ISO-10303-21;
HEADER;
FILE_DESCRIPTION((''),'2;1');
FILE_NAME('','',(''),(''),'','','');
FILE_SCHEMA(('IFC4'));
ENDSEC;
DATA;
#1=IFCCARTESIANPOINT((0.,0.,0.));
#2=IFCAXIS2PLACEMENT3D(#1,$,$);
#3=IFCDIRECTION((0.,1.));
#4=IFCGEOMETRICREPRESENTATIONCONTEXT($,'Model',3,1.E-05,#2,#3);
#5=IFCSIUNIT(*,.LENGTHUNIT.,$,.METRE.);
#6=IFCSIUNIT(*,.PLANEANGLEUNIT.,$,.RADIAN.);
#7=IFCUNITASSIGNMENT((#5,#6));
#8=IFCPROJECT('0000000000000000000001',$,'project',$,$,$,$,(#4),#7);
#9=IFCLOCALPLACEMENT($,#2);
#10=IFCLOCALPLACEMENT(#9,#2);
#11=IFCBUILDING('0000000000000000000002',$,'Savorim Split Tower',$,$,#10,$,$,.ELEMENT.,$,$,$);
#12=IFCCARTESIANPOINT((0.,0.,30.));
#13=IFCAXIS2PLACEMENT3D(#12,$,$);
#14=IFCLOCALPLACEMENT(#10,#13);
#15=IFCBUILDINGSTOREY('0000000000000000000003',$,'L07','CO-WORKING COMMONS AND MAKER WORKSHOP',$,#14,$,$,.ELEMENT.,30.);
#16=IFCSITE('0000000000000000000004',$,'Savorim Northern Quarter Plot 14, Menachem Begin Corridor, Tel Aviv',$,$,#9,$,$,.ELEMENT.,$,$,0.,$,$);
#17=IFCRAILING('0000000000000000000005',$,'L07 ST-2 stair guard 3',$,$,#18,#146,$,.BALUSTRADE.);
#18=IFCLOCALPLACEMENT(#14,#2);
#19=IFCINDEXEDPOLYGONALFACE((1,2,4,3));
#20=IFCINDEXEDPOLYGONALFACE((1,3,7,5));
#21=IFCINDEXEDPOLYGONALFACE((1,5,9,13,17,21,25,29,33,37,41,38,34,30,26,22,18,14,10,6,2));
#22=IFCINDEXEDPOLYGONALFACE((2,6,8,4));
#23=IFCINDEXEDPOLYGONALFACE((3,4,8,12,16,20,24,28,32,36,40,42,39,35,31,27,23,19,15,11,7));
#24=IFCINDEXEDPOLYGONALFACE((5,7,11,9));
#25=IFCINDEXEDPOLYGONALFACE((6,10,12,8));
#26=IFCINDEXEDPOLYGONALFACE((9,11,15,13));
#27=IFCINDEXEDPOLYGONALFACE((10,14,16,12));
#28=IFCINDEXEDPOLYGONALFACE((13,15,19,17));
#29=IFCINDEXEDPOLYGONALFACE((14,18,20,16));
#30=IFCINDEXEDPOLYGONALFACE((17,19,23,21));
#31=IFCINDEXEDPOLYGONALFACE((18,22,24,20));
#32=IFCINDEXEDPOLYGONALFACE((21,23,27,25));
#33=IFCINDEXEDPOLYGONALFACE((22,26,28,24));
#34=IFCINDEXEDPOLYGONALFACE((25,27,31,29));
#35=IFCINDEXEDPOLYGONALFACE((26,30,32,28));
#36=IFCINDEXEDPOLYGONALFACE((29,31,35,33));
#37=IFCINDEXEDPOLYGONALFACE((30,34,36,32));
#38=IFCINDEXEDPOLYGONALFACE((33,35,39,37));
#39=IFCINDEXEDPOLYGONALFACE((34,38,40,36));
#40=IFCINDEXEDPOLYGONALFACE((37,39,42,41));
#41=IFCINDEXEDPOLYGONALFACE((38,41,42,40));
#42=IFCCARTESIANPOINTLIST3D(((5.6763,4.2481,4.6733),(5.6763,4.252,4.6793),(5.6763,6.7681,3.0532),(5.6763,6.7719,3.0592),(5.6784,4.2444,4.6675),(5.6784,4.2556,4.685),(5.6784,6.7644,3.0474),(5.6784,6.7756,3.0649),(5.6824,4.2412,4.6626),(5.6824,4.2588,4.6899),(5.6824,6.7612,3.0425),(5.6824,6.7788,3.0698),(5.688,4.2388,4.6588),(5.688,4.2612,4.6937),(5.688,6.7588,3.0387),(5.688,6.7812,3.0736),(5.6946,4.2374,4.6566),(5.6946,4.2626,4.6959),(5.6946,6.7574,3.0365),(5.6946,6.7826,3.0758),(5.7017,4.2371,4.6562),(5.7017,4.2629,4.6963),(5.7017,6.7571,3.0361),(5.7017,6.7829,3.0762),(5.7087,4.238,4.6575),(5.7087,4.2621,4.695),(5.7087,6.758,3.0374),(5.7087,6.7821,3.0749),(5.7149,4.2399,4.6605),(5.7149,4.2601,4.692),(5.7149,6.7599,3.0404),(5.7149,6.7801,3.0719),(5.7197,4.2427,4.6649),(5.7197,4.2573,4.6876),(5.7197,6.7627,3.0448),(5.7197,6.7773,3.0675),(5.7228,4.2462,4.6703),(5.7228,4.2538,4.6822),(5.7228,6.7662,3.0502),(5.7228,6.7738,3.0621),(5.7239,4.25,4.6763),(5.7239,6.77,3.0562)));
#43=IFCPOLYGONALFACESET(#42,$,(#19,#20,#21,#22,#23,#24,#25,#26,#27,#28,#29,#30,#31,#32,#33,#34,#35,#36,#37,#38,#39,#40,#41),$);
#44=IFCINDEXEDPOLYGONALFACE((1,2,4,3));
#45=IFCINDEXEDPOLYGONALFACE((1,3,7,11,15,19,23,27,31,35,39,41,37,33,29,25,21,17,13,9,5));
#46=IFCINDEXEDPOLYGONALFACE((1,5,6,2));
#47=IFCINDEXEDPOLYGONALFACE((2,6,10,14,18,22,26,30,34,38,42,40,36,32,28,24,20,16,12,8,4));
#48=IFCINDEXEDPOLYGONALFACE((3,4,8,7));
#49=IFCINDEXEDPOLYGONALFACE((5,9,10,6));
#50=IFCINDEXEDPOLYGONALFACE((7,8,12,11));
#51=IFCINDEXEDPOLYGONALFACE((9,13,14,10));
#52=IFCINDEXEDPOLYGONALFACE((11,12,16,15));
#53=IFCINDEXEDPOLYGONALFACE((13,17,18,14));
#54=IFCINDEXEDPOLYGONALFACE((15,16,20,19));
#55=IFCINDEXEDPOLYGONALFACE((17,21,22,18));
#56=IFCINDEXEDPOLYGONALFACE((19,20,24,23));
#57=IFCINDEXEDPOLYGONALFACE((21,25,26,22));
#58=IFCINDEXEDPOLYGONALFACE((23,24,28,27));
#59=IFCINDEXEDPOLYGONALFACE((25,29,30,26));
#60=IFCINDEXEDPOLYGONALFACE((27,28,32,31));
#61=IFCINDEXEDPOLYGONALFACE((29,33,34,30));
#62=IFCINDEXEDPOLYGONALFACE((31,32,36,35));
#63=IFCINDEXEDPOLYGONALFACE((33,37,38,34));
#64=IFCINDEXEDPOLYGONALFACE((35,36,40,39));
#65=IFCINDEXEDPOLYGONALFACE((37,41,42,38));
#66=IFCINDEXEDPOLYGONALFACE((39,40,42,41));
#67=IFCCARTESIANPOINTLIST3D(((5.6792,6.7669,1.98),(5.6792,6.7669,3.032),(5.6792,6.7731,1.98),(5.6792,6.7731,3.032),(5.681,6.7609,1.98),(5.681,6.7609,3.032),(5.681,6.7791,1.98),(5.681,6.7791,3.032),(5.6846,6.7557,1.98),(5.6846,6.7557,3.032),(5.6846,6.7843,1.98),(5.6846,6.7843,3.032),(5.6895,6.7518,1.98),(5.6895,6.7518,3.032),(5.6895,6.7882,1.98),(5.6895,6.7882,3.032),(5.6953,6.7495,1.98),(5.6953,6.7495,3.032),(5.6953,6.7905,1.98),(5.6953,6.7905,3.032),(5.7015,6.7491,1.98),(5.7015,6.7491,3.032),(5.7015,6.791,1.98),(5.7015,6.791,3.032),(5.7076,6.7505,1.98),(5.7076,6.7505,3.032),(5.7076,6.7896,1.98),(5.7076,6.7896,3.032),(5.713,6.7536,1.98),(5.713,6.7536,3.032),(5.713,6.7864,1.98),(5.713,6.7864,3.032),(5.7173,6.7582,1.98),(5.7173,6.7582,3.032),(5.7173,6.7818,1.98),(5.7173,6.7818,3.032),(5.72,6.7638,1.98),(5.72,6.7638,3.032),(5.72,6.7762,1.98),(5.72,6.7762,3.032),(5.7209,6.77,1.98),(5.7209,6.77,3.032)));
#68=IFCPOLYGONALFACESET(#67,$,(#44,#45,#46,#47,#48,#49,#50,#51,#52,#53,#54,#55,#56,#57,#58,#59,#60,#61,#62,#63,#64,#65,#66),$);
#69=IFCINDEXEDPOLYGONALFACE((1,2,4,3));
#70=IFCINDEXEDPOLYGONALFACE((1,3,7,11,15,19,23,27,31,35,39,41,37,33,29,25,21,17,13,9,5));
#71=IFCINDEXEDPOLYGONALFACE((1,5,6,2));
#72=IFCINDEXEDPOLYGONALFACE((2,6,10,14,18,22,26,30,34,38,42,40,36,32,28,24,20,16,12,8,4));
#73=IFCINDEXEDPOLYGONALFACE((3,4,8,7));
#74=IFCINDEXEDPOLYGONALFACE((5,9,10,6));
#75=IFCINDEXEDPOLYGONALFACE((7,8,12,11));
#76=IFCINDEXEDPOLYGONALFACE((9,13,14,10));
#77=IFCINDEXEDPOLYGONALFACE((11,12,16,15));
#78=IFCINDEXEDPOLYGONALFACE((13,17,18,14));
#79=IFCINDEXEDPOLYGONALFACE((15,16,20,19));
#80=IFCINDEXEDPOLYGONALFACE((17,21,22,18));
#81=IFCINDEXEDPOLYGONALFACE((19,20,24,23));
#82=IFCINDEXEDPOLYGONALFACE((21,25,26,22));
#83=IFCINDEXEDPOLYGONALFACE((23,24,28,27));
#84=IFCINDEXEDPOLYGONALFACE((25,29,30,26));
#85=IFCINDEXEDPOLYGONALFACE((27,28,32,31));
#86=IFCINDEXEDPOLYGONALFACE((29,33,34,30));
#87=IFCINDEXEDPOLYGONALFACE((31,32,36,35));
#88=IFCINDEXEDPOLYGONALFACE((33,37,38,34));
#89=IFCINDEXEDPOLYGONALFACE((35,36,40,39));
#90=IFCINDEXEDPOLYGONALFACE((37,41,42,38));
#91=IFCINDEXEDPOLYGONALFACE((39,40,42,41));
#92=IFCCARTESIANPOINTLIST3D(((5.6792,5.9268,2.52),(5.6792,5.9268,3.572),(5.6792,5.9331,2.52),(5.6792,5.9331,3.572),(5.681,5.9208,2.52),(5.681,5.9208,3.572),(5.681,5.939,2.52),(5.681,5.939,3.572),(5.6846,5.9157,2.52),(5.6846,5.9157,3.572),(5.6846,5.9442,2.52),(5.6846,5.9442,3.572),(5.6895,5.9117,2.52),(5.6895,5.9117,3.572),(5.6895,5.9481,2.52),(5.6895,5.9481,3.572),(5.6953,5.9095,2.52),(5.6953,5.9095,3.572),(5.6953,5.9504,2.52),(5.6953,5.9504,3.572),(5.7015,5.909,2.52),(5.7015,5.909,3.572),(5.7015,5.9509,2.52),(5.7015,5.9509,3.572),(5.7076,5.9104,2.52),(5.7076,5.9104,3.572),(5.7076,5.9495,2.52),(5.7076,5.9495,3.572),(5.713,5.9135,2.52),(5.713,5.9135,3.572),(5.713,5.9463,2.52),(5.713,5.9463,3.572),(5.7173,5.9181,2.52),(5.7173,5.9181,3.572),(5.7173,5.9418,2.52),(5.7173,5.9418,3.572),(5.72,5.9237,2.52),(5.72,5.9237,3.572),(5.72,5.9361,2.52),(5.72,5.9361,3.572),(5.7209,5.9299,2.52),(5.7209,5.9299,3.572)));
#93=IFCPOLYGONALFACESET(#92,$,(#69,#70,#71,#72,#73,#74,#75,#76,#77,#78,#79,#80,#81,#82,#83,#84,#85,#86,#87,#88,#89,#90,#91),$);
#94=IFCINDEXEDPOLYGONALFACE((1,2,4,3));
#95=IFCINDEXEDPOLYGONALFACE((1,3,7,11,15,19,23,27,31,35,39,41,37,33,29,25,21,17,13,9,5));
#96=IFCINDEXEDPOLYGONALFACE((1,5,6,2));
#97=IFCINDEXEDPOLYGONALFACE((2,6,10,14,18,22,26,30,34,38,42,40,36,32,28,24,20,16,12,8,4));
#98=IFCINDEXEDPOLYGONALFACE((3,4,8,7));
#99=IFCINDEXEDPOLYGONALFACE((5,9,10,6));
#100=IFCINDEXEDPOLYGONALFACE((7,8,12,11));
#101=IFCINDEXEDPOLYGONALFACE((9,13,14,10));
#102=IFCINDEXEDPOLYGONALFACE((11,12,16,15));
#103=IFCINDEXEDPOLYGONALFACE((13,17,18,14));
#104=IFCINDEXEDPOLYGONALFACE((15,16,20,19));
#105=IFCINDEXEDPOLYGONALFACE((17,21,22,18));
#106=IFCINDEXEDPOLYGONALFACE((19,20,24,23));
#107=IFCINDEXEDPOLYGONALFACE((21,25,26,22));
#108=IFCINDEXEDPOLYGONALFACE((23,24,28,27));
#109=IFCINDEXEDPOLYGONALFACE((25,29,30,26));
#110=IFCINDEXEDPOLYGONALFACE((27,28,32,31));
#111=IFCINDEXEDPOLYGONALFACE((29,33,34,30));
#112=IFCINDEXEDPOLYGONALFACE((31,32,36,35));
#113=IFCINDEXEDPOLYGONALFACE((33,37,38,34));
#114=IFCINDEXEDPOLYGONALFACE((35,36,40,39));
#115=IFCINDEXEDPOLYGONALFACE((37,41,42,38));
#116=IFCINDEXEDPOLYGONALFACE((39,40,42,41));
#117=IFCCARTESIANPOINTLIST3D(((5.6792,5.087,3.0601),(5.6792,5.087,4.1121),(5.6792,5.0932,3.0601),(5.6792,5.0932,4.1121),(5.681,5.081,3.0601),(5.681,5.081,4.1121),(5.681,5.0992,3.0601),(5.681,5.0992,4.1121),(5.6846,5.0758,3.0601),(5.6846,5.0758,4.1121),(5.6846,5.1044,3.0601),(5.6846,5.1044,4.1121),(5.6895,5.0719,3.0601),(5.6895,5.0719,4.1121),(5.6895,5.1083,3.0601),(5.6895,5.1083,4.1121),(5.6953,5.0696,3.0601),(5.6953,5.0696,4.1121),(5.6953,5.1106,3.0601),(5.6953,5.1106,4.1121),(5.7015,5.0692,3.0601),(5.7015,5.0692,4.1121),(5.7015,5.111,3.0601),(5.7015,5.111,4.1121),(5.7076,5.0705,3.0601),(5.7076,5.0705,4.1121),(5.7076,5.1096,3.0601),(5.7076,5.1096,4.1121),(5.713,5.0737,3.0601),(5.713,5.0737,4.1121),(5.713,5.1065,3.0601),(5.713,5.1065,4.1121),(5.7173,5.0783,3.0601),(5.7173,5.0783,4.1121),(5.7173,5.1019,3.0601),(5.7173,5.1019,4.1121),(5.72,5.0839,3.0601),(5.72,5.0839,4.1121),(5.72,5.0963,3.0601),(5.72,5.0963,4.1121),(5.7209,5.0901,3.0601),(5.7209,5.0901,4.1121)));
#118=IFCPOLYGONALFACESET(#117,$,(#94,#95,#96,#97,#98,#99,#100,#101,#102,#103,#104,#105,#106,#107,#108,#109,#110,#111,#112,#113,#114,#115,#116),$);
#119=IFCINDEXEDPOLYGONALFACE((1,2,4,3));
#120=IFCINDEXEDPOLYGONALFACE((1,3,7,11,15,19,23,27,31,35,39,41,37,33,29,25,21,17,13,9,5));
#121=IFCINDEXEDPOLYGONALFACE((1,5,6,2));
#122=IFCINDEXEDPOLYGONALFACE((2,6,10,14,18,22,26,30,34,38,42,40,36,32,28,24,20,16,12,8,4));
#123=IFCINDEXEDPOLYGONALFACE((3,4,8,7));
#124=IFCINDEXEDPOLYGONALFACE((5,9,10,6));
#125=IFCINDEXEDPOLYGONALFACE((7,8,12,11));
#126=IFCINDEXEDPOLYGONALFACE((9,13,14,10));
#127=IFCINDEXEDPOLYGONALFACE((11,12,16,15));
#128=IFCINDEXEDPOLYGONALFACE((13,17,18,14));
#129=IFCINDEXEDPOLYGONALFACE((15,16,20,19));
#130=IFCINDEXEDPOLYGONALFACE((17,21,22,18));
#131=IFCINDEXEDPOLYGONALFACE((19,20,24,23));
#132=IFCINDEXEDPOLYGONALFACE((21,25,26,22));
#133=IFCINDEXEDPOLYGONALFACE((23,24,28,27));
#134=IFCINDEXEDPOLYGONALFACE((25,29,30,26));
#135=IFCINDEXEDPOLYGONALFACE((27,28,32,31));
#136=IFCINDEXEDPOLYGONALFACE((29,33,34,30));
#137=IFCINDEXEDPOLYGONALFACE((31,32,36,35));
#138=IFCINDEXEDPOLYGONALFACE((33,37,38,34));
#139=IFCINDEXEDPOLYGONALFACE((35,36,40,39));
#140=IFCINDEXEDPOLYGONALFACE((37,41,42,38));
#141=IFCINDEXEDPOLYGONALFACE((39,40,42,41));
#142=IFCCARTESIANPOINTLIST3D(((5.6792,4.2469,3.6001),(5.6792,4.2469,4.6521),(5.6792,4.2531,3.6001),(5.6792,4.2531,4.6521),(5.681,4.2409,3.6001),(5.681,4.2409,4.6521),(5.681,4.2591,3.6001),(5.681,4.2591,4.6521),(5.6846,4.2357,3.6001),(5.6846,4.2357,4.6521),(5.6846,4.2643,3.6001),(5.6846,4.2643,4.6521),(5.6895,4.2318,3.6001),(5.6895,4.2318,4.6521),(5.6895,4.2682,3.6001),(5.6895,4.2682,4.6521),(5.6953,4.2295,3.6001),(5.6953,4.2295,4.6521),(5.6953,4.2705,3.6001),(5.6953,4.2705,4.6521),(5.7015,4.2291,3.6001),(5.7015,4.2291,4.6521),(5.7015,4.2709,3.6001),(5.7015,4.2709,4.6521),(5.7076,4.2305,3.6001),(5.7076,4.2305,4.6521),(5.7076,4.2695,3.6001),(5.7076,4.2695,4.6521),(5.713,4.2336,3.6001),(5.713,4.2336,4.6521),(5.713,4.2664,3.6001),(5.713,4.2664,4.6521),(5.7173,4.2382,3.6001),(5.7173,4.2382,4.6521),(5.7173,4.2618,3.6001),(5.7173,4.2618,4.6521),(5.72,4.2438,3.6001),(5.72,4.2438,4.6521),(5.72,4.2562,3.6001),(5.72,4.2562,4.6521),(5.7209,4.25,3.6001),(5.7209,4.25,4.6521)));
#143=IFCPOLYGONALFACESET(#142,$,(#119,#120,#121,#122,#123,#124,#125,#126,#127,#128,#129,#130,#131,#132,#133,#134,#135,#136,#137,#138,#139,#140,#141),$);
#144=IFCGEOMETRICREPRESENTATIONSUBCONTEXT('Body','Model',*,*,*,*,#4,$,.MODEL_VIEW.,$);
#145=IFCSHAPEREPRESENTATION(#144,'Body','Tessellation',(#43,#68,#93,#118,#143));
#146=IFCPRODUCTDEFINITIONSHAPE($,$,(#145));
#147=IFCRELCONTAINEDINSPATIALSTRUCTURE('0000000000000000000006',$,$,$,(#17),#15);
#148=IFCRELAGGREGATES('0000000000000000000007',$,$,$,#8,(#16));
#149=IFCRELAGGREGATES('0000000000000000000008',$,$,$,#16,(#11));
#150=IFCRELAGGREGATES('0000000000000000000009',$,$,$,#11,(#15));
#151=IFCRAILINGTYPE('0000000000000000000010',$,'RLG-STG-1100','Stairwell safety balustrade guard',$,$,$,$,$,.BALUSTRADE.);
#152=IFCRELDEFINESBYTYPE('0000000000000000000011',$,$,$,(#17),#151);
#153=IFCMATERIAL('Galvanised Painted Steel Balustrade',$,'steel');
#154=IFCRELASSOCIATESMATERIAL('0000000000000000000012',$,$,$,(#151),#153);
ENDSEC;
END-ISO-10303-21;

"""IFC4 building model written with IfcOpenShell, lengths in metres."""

from ifc_helpers import new_model, si_unit, direction, frame, origin, origin_2d, place, context, subcontext, project, spatial, circle, extrude, material, type_object, element, save


model = new_model("IFC4")

# Units and contexts
model_context = context("Model", 3, precision=1e-05, world=origin(), true_north=direction((0.0, 1.0)))
body_context = subcontext(model_context, "Body", "Model", "MODEL_VIEW")
ifc_project = project(units=[si_unit("LENGTHUNIT", "METRE"), si_unit("PLANEANGLEUNIT", "RADIAN")], contexts=[model_context])

# Site, building, storey
site_placement = place(None, origin())
site = spatial("IfcSite", under=ifc_project, at=site_placement, Name="Savorim Northern Quarter Plot 14, Menachem Begin Corridor, Tel Aviv", CompositionType="ELEMENT", RefElevation=0.0)
building_placement = place(site_placement, origin())
building = spatial("IfcBuilding", under=site, at=building_placement, Name="Savorim Split Tower", CompositionType="ELEMENT")
storey_placement = place(building_placement, frame((0.0, 0.0, 30.0)))
storey = spatial("IfcBuildingStorey", under=building, at=storey_placement, Name="L07", Description="CO-WORKING COMMONS AND MAKER WORKSHOP", CompositionType="ELEMENT", Elevation=30.0)

# Railing
ifc_material_1 = material(Name="Galvanised Painted Steel Balustrade", Category="steel")
railing_type_1 = type_object("IfcRailingType", Name="RLG-STG-1100", Description="Stairwell safety balustrade guard", PredefinedType="BALUSTRADE", material=ifc_material_1)
railing_1_placement = place(storey_placement, frame((5.7, 6.77, 1.98)))
element("IfcRailing", 1, at=railing_1_placement, inside=storey, type_object=railing_type_1, Name="L07 ST-2 stair guard 3", PredefinedType="BALUSTRADE", context=body_context, shape_type="SweptSolid", body=[
    extrude(circle(Radius=0.0239, at=origin_2d()), frame((0.0, 0.0, 1.0762), z_axis=(0.0, -0.841163, 0.540782), x_axis=(1.0, 0.0, 0.0)), (0.0, 0.0, 1.0), 2.9958),
    extrude(circle(Radius=0.021, at=origin_2d()), origin(), (0.0, 0.0, 1.0), 1.052),
    extrude(circle(Radius=0.021, at=origin_2d()), frame((0.0, -0.8401, 0.54)), (0.0, 0.0, 1.0), 1.052),
    extrude(circle(Radius=0.021, at=origin_2d()), frame((0.0, -1.6799, 1.0801)), (0.0, 0.0, 1.0), 1.052),
    extrude(circle(Radius=0.021, at=origin_2d()), frame((0.0, -2.52, 1.6201)), (0.0, 0.0, 1.0), 1.052),
])

save(model, "model.ifc")
